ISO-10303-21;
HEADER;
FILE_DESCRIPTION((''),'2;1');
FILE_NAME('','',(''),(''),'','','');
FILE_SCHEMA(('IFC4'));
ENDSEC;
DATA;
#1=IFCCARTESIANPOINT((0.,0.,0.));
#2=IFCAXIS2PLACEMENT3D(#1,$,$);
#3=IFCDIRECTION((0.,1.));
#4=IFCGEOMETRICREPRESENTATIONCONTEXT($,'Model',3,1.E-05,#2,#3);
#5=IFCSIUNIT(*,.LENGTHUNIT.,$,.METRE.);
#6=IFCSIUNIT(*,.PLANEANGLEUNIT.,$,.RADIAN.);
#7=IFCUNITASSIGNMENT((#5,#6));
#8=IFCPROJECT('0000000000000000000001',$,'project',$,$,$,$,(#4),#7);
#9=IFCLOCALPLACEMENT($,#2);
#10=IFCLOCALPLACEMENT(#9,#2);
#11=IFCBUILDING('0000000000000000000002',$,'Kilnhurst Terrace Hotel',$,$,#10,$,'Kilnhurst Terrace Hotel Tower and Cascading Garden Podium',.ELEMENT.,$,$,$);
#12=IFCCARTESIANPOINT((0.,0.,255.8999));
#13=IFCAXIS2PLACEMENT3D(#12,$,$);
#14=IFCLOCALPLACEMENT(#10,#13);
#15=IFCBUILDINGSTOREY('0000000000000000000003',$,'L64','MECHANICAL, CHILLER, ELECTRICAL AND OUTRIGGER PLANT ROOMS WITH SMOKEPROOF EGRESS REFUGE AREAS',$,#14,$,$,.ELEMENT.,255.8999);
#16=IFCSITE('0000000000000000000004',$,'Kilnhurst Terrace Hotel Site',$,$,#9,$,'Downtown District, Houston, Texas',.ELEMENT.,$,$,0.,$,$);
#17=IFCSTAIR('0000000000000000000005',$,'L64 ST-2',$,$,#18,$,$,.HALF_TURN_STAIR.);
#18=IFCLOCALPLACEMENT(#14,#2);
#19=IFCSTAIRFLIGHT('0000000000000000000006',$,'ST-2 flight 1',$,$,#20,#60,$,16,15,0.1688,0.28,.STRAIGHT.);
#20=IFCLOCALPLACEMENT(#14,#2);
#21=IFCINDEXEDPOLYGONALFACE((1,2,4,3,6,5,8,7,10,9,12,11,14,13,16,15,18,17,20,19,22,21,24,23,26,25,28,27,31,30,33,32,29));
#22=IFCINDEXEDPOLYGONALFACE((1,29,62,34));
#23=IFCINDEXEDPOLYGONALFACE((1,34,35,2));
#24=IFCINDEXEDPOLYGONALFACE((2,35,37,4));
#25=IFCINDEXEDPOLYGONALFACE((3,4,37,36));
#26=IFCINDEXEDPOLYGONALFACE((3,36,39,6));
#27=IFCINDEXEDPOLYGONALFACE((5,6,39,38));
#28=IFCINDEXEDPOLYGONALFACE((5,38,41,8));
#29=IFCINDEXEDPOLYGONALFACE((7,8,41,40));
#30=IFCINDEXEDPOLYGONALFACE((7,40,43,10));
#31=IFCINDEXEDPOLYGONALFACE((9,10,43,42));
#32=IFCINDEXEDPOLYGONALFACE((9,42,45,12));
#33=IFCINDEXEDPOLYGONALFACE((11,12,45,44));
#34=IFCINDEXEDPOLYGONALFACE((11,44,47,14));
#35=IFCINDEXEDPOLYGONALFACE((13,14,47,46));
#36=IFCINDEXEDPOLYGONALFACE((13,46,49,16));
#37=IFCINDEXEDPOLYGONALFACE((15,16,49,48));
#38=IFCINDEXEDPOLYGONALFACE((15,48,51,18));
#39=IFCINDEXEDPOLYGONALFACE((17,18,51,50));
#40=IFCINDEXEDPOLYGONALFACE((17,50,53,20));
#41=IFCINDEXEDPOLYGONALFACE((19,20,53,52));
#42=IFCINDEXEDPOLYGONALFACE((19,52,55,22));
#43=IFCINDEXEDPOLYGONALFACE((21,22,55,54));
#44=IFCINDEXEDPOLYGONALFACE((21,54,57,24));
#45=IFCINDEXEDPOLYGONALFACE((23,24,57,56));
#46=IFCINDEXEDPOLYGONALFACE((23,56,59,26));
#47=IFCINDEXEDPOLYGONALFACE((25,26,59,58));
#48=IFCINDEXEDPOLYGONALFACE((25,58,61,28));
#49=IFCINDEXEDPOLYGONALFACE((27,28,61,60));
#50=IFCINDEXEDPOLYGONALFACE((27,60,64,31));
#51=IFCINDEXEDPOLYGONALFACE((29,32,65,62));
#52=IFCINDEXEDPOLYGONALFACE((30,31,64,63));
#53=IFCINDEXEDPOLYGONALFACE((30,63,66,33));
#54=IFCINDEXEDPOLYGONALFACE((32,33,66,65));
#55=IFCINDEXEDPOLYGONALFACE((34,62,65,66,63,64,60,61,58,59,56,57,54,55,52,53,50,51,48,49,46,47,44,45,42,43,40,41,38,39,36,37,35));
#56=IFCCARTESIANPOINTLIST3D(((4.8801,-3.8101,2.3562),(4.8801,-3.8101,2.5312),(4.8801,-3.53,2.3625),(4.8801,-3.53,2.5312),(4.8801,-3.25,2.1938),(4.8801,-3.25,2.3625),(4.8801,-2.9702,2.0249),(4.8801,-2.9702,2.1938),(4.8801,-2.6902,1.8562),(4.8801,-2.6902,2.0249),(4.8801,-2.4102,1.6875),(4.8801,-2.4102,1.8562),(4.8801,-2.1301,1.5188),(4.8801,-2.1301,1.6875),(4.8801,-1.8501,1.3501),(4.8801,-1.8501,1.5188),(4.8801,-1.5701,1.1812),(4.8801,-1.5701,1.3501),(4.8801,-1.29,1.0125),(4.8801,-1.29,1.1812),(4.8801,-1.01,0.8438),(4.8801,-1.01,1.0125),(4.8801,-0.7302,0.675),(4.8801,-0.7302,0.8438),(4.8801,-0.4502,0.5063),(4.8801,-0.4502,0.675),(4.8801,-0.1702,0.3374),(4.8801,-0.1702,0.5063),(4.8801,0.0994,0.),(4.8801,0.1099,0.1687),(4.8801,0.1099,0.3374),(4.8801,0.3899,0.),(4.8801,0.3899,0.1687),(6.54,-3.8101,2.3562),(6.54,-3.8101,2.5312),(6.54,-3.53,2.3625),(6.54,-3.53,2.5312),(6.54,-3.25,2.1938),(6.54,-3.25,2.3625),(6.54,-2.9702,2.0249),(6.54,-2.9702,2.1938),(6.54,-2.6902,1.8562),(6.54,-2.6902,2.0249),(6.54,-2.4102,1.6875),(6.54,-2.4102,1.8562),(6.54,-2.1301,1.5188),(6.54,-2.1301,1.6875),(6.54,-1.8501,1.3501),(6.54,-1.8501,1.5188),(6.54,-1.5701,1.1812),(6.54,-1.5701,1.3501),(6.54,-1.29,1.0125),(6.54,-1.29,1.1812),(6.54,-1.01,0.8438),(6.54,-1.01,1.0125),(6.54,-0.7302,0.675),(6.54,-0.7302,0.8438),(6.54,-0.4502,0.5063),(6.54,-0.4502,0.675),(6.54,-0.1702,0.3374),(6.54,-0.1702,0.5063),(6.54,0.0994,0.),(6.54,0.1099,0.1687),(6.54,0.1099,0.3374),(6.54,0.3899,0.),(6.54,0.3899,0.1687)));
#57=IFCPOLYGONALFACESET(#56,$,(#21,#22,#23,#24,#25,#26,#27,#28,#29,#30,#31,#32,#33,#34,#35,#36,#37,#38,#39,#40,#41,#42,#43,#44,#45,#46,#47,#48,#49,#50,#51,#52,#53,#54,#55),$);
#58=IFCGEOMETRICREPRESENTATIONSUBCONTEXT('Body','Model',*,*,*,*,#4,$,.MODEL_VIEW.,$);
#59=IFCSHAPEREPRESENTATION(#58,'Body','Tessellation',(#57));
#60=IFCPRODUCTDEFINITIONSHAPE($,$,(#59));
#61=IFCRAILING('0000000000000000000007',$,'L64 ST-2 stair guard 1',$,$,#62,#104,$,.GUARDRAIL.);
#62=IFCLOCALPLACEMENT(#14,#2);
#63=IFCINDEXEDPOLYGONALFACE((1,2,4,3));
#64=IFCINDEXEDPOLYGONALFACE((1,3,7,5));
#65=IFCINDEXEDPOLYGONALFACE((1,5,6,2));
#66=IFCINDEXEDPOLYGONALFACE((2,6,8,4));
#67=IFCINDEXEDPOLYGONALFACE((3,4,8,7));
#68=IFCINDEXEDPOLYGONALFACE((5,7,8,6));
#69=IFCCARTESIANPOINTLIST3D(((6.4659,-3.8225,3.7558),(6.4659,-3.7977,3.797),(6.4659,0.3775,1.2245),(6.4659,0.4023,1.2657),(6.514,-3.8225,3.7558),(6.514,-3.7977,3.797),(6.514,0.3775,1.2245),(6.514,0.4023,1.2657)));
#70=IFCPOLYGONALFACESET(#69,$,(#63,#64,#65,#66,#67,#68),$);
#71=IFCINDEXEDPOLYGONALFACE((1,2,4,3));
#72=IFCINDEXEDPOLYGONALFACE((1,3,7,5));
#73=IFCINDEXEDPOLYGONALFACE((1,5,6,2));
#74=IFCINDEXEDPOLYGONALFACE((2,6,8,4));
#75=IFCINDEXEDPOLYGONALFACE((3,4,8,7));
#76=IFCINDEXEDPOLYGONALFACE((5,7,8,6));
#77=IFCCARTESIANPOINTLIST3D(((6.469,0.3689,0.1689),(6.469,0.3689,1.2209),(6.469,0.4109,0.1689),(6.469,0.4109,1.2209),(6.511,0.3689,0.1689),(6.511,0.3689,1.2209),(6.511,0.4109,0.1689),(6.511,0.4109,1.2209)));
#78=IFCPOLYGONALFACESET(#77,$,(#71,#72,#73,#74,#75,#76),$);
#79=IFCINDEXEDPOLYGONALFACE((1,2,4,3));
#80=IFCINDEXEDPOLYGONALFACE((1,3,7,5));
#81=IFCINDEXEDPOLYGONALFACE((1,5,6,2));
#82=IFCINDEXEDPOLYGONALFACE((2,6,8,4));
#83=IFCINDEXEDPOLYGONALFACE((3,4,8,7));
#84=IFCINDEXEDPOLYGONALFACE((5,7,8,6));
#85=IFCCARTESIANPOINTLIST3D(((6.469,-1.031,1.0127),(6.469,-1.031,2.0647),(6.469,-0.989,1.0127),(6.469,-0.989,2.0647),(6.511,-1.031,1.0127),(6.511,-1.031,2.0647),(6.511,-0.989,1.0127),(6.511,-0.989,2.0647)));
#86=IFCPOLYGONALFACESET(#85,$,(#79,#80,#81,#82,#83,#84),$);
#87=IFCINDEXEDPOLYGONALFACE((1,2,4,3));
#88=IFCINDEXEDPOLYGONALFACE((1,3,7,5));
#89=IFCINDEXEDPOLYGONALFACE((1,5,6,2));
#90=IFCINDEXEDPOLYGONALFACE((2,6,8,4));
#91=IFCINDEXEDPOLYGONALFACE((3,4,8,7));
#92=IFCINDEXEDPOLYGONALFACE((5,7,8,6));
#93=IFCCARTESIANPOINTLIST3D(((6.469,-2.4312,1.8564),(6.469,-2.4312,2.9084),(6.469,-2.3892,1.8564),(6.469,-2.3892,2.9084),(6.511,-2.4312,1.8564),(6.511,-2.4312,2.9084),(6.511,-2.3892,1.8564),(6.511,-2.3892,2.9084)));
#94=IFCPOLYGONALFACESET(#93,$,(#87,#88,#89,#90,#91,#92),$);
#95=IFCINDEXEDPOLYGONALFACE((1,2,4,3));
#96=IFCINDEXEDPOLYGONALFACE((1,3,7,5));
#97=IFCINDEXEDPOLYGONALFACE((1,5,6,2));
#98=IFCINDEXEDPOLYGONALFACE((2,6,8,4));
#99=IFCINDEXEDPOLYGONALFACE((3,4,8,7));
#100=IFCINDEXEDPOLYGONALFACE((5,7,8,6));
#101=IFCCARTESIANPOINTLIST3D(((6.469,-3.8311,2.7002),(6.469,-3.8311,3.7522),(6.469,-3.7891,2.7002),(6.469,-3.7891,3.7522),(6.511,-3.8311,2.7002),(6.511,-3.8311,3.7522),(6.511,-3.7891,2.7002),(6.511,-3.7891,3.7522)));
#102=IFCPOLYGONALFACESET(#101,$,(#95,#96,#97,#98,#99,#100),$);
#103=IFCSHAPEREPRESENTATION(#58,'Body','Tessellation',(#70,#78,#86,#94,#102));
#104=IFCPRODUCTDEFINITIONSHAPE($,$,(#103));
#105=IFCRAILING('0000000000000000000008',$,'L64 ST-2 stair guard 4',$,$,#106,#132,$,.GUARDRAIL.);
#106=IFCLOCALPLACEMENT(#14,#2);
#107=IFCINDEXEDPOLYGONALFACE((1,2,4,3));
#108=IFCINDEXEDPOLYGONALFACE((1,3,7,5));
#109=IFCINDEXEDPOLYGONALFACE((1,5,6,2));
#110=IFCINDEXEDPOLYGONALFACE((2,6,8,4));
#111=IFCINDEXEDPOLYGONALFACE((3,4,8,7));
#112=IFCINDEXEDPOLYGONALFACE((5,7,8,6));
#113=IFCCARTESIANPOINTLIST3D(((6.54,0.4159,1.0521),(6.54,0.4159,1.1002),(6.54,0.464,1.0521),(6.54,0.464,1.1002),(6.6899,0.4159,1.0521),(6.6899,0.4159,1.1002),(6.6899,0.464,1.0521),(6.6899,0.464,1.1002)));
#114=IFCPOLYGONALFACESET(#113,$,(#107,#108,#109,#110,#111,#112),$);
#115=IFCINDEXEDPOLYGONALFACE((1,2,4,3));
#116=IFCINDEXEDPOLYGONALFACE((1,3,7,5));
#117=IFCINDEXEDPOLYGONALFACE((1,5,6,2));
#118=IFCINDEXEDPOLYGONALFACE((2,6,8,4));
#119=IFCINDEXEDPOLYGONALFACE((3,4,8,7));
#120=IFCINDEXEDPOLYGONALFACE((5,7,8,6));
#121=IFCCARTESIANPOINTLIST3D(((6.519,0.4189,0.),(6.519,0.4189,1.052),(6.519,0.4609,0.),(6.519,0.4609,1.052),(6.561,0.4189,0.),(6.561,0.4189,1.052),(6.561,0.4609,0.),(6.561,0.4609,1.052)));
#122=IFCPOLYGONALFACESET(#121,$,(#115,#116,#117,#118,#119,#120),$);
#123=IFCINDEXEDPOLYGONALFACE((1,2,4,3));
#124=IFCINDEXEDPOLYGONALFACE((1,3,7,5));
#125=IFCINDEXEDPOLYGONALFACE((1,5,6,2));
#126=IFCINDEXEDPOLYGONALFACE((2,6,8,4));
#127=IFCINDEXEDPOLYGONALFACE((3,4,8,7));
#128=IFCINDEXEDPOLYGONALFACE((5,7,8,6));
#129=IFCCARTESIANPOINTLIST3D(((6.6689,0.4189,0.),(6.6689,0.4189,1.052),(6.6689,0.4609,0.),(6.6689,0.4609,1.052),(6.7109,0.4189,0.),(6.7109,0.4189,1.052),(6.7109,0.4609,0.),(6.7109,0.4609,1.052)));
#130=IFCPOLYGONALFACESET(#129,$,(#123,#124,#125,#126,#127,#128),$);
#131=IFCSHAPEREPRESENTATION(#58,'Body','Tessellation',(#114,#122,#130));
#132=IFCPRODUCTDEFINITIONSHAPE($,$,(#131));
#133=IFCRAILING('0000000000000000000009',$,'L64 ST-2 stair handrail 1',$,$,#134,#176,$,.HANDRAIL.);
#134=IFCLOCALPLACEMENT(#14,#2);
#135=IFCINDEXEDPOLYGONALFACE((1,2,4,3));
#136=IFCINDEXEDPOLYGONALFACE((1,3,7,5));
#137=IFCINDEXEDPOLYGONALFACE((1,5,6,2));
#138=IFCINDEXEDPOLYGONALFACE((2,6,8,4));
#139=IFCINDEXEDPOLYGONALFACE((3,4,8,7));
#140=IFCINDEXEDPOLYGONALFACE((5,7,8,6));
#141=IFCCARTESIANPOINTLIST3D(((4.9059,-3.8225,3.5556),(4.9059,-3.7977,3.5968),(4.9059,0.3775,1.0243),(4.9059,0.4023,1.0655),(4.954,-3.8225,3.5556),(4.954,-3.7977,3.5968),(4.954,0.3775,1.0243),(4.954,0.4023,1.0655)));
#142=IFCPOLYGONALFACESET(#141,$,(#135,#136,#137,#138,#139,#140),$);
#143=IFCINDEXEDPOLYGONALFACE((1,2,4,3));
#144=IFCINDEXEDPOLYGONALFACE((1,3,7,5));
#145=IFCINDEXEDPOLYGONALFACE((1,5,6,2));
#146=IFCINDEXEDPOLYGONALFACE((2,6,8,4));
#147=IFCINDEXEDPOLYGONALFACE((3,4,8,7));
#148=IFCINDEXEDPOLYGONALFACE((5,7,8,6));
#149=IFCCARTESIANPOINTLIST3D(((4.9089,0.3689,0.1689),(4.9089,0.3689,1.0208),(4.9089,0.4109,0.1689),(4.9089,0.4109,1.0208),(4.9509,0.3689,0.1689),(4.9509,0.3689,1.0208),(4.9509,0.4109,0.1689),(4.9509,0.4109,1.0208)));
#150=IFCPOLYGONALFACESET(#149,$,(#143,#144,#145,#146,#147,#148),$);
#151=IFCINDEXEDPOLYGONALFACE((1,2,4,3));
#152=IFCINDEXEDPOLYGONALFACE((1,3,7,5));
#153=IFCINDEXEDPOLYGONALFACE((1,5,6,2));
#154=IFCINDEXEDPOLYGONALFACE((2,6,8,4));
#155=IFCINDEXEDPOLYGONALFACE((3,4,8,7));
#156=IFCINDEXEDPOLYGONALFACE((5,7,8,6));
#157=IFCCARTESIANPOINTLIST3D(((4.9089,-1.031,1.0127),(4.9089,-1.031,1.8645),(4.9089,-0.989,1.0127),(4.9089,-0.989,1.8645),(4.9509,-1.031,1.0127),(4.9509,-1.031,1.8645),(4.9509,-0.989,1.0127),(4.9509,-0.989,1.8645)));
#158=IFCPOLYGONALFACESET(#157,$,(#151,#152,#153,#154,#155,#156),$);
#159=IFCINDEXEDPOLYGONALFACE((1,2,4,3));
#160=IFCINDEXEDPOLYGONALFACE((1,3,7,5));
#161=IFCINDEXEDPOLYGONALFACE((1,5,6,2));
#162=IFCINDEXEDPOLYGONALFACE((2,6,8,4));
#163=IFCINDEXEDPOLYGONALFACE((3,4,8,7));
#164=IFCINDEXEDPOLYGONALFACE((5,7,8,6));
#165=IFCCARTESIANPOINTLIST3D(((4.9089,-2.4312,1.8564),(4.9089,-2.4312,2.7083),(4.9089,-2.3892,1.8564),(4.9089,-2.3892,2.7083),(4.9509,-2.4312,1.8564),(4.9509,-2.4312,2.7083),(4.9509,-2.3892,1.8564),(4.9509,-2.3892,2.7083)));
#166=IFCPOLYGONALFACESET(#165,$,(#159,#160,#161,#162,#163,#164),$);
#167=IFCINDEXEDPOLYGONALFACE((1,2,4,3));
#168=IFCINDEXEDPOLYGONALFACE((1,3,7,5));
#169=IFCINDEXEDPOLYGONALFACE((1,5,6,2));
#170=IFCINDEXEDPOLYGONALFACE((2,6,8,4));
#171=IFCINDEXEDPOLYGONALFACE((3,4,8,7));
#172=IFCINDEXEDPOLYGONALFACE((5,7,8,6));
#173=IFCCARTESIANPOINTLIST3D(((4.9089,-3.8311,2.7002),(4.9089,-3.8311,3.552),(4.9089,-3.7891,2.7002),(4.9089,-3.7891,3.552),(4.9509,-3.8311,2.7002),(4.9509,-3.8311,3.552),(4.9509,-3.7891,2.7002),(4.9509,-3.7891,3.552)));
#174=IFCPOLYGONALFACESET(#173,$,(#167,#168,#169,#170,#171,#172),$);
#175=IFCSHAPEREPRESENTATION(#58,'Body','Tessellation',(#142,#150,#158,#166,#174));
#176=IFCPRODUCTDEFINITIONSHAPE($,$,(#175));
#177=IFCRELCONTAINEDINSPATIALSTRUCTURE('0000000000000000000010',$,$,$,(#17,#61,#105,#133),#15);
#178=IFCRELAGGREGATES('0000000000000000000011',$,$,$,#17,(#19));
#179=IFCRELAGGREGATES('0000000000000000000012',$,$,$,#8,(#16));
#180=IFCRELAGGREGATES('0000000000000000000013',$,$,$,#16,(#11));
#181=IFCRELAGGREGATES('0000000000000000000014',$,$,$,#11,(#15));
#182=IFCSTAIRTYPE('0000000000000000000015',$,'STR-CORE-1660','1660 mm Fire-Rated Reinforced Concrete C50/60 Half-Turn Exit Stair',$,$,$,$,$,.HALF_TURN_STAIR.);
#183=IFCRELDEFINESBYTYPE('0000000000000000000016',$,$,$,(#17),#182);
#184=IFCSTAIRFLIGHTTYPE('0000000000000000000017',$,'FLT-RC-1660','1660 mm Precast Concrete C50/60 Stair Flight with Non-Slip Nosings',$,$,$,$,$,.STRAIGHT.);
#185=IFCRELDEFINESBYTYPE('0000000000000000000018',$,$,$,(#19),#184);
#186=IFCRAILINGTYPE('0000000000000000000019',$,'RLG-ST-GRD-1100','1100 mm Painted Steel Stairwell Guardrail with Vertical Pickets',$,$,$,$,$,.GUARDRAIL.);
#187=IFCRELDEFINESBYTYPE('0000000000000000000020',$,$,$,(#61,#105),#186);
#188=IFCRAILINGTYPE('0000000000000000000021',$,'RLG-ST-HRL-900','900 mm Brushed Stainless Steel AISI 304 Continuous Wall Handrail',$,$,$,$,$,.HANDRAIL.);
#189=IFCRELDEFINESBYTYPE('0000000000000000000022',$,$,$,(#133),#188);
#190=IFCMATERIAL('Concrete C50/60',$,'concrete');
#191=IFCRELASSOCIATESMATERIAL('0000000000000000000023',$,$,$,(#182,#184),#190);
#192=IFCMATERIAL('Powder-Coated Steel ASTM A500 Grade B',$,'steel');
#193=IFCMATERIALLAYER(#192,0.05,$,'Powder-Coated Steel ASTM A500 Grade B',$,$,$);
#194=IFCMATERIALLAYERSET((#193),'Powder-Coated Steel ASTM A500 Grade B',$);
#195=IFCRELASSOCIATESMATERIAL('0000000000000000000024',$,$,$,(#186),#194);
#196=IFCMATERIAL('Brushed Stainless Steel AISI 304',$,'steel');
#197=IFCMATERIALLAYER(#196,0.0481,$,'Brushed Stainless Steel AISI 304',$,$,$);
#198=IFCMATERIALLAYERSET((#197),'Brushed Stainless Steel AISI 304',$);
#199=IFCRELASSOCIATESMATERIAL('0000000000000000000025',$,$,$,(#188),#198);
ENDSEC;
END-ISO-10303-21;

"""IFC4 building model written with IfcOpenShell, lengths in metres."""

from ifc_helpers import new_model, si_unit, direction, frame, origin, origin_2d, place, context, subcontext, project, spatial, polyline, rectangle, outline, extrude, material, layer, layer_set, type_object, element, aggregate, save


model = new_model("IFC4")

# Units and contexts
model_context = context("Model", 3, precision=1e-05, world=origin(), true_north=direction((0.0, 1.0)))
body_context = subcontext(model_context, "Body", "Model", "MODEL_VIEW")
ifc_project = project(units=[si_unit("LENGTHUNIT", "METRE"), si_unit("PLANEANGLEUNIT", "RADIAN")], contexts=[model_context])

# Site, building, storey
site_placement = place(None, origin())
site = spatial("IfcSite", under=ifc_project, at=site_placement, Name="Kilnhurst Terrace Hotel Site", LongName="Downtown District, Houston, Texas", CompositionType="ELEMENT", RefElevation=0.0)
building_placement = place(site_placement, origin())
building = spatial("IfcBuilding", under=site, at=building_placement, Name="Kilnhurst Terrace Hotel", LongName="Kilnhurst Terrace Hotel Tower and Cascading Garden Podium", CompositionType="ELEMENT")
storey_placement = place(building_placement, frame((0.0, 0.0, 255.8999)))
storey = spatial("IfcBuildingStorey", under=building, at=storey_placement, Name="L64", Description="MECHANICAL, CHILLER, ELECTRICAL AND OUTRIGGER PLANT ROOMS WITH SMOKEPROOF EGRESS REFUGE AREAS", CompositionType="ELEMENT", Elevation=255.8999)

# Shared definitions
ifc_material_1 = material(Name="Concrete C50/60", Category="concrete")

# Stair
stair_type = type_object("IfcStairType", Name="STR-CORE-1660", Description="1660 mm Fire-Rated Reinforced Concrete C50/60 Half-Turn Exit Stair", PredefinedType="HALF_TURN_STAIR", material=ifc_material_1)
stair_1_placement = place(storey_placement, origin())
stair_1 = element("IfcStair", 1, at=stair_1_placement, inside=storey, type_object=stair_type, Name="L64 ST-2", PredefinedType="HALF_TURN_STAIR")

# Stair flight
stair_flight_type = type_object("IfcStairFlightType", Name="FLT-RC-1660", Description="1660 mm Precast Concrete C50/60 Stair Flight with Non-Slip Nosings", PredefinedType="STRAIGHT", material=ifc_material_1)
stair_flight_placement = place(storey_placement, frame((5.71, 0.3899, 0.0), z_axis=(0.0, 0.0, 1.0), x_axis=(0.0, -1.0, 0.0)))
stair_flight = element("IfcStairFlight", 2, at=stair_flight_placement, type_object=stair_flight_type, Name="ST-2 flight 1", NumberOfRisers=16, NumberOfTreads=15, PredefinedType="STRAIGHT", RiserHeight=0.1688, TreadLength=0.28, context=body_context, shape_type="SweptSolid", body=[
    extrude(outline(polyline([(0.0, 0.0), (0.0, 0.1687), (0.28, 0.1687), (0.28, 0.3374), (0.5601, 0.3374), (0.5601, 0.5063), (0.8401, 0.5063), (0.8401, 0.675), (1.1201, 0.675), (1.1201, 0.8438), (1.3999, 0.8438), (1.3999, 1.0125), (1.6799, 1.0125), (1.6799, 1.1812), (1.96, 1.1812), (1.96, 1.3501), (2.24, 1.3501), (2.24, 1.5188), (2.52, 1.5188), (2.52, 1.6875), (2.8, 1.6875), (2.8, 1.8562), (3.0801, 1.8562), (3.0801, 2.0249), (3.3601, 2.0249), (3.3601, 2.1938), (3.6399, 2.1938), (3.6399, 2.3625), (3.9199, 2.3625), (3.9199, 2.5312), (4.2, 2.5312), (4.2, 2.7), (4.2, 2.3562), (0.2905, 0.0), (0.0, 0.0)])), frame((0.0, 0.8301, 0.0), z_axis=(0.0, -1.0, 0.0), x_axis=(1.0, 0.0, 0.0)), (0.0, 0.0, 1.0), 1.6599),
])
aggregate(stair_1, [stair_flight])

# Railings
ifc_material_2 = material(Name="Powder-Coated Steel ASTM A500 Grade B", Category="steel")
ifc_layer_1 = layer(ifc_material_2, 0.05, Name="Powder-Coated Steel ASTM A500 Grade B")
ifc_layer_set_1 = layer_set([ifc_layer_1], Name="Powder-Coated Steel ASTM A500 Grade B")
railing_type_1 = type_object("IfcRailingType", Name="RLG-ST-GRD-1100", Description="1100 mm Painted Steel Stairwell Guardrail with Vertical Pickets", PredefinedType="GUARDRAIL", material=ifc_layer_set_1)
railing_1_placement = place(storey_placement, frame((6.49, 0.3899, 0.1689)))
element("IfcRailing", 3, at=railing_1_placement, inside=storey, type_object=railing_type_1, Name="L64 ST-2 stair guard 1", PredefinedType="GUARDRAIL", context=body_context, shape_type="SweptSolid", body=[
    extrude(rectangle(XDim=0.0481, YDim=0.0481, at=origin_2d()), frame((0.0, 0.0, 1.0762), z_axis=(0.0, -0.856476, 0.516186), x_axis=(1.0, 0.0, 0.0)), (0.0, 0.0, 1.0), 4.9038),
    extrude(rectangle(XDim=0.042, YDim=0.042, at=origin_2d()), origin(), (0.0, 0.0, 1.0), 1.052),
    extrude(rectangle(XDim=0.042, YDim=0.042, at=origin_2d()), frame((0.0, -1.3999, 0.8438)), (0.0, 0.0, 1.0), 1.052),
    extrude(rectangle(XDim=0.042, YDim=0.042, at=origin_2d()), frame((0.0, -2.8, 1.6875)), (0.0, 0.0, 1.0), 1.052),
    extrude(rectangle(XDim=0.042, YDim=0.042, at=origin_2d()), frame((0.0, -4.2, 2.5312)), (0.0, 0.0, 1.0), 1.052),
])
railing_2_placement = place(storey_placement, frame((6.54, 0.4399, 0.0)))
element("IfcRailing", 4, at=railing_2_placement, inside=storey, type_object=railing_type_1, Name="L64 ST-2 stair guard 4", PredefinedType="GUARDRAIL", context=body_context, shape_type="SweptSolid", body=[
    extrude(rectangle(XDim=0.0481, YDim=0.0481, at=origin_2d()), frame((0.0, 0.0, 1.0762), z_axis=(1.0, 0.0, 0.0), x_axis=(0.0, 1.0, 0.0)), (0.0, 0.0, 1.0), 0.1499),
    extrude(rectangle(XDim=0.042, YDim=0.042, at=origin_2d()), origin(), (0.0, 0.0, 1.0), 1.052),
    extrude(rectangle(XDim=0.042, YDim=0.042, at=origin_2d()), frame((0.1499, 0.0, 0.0)), (0.0, 0.0, 1.0), 1.052),
])
ifc_material_3 = material(Name="Brushed Stainless Steel AISI 304", Category="steel")
ifc_layer_2 = layer(ifc_material_3, 0.0481, Name="Brushed Stainless Steel AISI 304")
ifc_layer_set_2 = layer_set([ifc_layer_2], Name="Brushed Stainless Steel AISI 304")
railing_type_2 = type_object("IfcRailingType", Name="RLG-ST-HRL-900", Description="900 mm Brushed Stainless Steel AISI 304 Continuous Wall Handrail", PredefinedType="HANDRAIL", material=ifc_layer_set_2)
railing_3_placement = place(storey_placement, frame((4.9299, 0.3899, 0.1689)))
element("IfcRailing", 5, at=railing_3_placement, inside=storey, type_object=railing_type_2, Name="L64 ST-2 stair handrail 1", PredefinedType="HANDRAIL", context=body_context, shape_type="SweptSolid", body=[
    extrude(rectangle(XDim=0.0481, YDim=0.0481, at=origin_2d()), frame((0.0, 0.0, 0.876), z_axis=(0.0, -0.856476, 0.516186), x_axis=(1.0, 0.0, 0.0)), (0.0, 0.0, 1.0), 4.9038),
    extrude(rectangle(XDim=0.042, YDim=0.042, at=origin_2d()), origin(), (0.0, 0.0, 1.0), 0.8518),
    extrude(rectangle(XDim=0.042, YDim=0.042, at=origin_2d()), frame((0.0, -1.3999, 0.8438)), (0.0, 0.0, 1.0), 0.8518),
    extrude(rectangle(XDim=0.042, YDim=0.042, at=origin_2d()), frame((0.0, -2.8, 1.6875)), (0.0, 0.0, 1.0), 0.8518),
    extrude(rectangle(XDim=0.042, YDim=0.042, at=origin_2d()), frame((0.0, -4.2, 2.5312)), (0.0, 0.0, 1.0), 0.8518),
])

save(model, "model.ifc")
